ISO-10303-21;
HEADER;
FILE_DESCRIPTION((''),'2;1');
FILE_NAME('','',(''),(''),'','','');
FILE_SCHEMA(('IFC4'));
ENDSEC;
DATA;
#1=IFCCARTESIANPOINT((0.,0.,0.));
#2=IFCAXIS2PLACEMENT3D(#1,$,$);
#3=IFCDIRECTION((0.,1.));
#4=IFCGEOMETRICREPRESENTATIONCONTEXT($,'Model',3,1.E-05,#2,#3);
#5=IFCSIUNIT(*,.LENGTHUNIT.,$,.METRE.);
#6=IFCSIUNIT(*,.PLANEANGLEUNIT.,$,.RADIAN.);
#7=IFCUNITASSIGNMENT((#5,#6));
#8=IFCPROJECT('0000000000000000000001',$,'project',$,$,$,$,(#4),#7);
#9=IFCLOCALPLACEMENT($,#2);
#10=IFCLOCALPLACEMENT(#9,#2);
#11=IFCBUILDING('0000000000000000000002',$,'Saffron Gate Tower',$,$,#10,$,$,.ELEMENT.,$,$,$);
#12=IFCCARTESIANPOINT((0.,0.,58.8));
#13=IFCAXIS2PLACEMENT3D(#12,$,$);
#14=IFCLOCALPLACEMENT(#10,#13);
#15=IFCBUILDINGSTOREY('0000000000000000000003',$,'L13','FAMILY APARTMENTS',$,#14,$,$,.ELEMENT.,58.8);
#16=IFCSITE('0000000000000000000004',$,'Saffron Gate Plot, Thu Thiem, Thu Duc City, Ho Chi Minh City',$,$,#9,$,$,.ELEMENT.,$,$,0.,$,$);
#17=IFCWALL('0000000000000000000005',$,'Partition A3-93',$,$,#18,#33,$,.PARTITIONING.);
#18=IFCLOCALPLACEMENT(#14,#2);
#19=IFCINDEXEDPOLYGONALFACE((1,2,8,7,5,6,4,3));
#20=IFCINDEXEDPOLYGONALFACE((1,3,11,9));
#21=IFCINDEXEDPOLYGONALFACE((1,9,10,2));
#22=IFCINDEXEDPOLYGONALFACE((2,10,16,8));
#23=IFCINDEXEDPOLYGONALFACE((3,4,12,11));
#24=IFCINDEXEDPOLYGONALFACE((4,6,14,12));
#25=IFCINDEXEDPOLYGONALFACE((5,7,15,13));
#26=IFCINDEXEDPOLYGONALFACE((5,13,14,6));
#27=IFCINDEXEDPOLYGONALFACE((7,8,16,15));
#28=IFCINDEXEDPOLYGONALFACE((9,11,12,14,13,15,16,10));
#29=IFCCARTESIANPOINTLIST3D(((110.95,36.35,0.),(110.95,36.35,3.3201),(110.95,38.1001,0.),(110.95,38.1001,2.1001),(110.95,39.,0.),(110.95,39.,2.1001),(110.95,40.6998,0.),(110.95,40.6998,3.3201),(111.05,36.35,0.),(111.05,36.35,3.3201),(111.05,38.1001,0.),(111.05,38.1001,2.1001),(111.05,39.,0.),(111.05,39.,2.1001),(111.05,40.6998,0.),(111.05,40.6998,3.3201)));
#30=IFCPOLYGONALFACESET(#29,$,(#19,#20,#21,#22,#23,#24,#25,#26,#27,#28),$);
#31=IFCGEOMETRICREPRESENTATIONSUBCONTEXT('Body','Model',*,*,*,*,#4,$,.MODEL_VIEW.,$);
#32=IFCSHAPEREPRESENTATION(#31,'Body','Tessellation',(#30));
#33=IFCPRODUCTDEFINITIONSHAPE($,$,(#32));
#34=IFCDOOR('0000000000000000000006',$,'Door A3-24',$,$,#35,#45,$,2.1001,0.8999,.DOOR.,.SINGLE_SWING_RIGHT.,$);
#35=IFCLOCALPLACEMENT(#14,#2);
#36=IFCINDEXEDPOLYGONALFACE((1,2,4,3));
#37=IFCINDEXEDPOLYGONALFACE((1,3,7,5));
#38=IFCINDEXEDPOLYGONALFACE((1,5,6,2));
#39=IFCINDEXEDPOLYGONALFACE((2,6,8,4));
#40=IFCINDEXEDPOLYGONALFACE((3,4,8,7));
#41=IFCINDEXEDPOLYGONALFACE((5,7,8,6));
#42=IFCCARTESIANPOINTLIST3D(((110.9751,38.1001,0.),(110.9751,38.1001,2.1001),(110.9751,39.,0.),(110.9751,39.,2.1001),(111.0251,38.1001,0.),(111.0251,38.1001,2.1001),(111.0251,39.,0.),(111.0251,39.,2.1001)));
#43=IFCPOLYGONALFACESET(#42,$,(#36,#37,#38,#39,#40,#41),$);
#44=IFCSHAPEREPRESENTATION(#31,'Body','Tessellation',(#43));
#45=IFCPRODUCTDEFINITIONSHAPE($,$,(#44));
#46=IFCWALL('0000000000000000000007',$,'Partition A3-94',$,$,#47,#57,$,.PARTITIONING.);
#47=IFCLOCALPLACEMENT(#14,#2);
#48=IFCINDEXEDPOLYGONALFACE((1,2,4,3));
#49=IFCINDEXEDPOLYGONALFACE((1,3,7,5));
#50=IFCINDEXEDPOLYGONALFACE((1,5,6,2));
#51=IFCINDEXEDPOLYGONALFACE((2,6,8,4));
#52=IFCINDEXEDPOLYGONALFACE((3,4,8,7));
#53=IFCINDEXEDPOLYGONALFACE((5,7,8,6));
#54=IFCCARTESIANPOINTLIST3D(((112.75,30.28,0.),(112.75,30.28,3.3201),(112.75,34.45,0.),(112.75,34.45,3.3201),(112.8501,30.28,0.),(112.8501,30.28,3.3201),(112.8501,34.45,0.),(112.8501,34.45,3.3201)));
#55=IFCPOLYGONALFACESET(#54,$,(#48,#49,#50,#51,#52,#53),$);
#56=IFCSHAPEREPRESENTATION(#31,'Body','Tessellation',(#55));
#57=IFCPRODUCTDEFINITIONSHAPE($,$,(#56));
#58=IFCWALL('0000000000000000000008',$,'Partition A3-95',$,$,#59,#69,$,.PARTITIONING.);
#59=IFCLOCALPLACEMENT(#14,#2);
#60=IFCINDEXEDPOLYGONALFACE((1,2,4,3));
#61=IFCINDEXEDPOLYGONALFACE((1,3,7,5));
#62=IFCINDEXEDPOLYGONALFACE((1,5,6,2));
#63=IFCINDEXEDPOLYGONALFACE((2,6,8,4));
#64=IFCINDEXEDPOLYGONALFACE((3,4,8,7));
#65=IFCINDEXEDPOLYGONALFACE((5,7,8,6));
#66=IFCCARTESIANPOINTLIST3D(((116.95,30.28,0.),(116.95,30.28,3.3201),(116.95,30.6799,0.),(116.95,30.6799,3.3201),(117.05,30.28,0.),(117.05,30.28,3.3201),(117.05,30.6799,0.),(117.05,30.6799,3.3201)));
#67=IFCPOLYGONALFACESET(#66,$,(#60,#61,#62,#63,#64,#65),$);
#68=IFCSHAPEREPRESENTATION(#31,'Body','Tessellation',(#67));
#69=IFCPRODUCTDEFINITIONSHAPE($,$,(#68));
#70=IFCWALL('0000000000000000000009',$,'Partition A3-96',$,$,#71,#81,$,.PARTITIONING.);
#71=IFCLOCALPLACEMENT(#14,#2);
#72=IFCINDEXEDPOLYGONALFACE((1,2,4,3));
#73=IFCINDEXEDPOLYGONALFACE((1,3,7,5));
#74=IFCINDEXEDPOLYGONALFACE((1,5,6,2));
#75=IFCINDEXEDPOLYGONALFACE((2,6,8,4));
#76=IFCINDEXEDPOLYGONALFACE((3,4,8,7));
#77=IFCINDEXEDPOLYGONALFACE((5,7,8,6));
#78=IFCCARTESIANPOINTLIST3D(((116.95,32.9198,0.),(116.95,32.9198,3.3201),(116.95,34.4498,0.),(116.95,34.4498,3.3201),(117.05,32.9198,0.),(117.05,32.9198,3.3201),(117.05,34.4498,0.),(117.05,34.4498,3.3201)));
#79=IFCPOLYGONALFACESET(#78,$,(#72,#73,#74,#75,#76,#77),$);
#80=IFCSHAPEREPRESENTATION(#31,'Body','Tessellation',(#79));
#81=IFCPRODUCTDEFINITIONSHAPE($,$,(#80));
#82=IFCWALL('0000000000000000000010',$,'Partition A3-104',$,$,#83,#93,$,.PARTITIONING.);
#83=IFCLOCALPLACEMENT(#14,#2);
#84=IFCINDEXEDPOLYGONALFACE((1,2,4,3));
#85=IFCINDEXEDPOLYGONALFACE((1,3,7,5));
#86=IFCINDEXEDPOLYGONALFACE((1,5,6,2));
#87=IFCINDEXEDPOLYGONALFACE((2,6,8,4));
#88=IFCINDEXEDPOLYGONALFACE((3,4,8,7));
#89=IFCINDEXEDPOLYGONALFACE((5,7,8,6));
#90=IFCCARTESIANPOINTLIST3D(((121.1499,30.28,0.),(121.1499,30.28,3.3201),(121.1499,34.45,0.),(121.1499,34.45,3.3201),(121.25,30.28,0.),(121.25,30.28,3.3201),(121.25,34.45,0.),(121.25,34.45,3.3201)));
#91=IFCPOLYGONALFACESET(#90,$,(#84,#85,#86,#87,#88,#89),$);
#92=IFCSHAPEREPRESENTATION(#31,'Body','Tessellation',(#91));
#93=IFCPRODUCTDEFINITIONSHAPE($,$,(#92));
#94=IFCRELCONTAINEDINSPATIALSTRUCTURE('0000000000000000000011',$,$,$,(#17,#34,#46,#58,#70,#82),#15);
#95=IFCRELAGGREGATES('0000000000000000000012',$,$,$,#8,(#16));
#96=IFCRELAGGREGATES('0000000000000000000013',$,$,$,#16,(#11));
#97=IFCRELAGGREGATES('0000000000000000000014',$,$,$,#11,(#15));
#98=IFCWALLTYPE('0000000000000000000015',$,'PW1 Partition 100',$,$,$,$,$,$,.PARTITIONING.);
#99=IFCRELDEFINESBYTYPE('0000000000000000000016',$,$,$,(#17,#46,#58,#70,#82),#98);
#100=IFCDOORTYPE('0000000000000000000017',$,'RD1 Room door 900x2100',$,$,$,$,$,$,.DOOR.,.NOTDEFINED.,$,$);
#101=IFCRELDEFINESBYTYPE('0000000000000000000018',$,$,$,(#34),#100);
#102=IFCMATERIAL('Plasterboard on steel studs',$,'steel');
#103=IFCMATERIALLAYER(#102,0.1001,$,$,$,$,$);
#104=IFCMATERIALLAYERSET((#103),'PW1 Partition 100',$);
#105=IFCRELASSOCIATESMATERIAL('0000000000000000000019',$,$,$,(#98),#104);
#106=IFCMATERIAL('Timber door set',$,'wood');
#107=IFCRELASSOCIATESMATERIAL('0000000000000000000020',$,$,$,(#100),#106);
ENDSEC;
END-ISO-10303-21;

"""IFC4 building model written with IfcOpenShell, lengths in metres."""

from ifc_helpers import new_model, si_unit, direction, frame, frame_2d, origin, place, context, subcontext, project, spatial, rectangle, extrude, material, layer, layer_set, type_object, element, fill, save


model = new_model("IFC4")

# Units and contexts
model_context = context("Model", 3, precision=1e-05, world=origin(), true_north=direction((0.0, 1.0)))
body_context = subcontext(model_context, "Body", "Model", "MODEL_VIEW")
ifc_project = project(units=[si_unit("LENGTHUNIT", "METRE"), si_unit("PLANEANGLEUNIT", "RADIAN")], contexts=[model_context])

# Site, building, storey
site_placement = place(None, origin())
site = spatial("IfcSite", under=ifc_project, at=site_placement, Name="Saffron Gate Plot, Thu Thiem, Thu Duc City, Ho Chi Minh City", CompositionType="ELEMENT", RefElevation=0.0)
building_placement = place(site_placement, origin())
building = spatial("IfcBuilding", under=site, at=building_placement, Name="Saffron Gate Tower", CompositionType="ELEMENT")
storey_placement = place(building_placement, frame((0.0, 0.0, 58.8)))
storey = spatial("IfcBuildingStorey", under=building, at=storey_placement, Name="L13", Description="FAMILY APARTMENTS", CompositionType="ELEMENT", Elevation=58.8)

# Shared definitions
ifc_material_1 = material(Name="Plasterboard on steel studs", Category="steel")
ifc_layer = layer(ifc_material_1, 0.1001)
ifc_layer_set = layer_set([ifc_layer], Name="PW1 Partition 100")
wall_type = type_object("IfcWallType", Name="PW1 Partition 100", PredefinedType="PARTITIONING", material=ifc_layer_set)
ifc_material_2 = material(Name="Timber door set", Category="wood")
door_type = type_object("IfcDoorType", Name="RD1 Room door 900x2100", OperationType="NOTDEFINED", PredefinedType="DOOR", material=ifc_material_2)

# Wall, opening, door
wall_1_placement = place(storey_placement, frame((111.0, 36.3501, 0.0), z_axis=(0.0, 0.0, 1.0), x_axis=(0.0, 1.0, 0.0)))
wall_1 = element("IfcWall", 1, at=wall_1_placement, inside=storey, type_object=wall_type, Name="Partition A3-93", PredefinedType="PARTITIONING", context=body_context, shape_type="SweptSolid", body=[
    extrude(rectangle(XDim=4.3499, YDim=0.1001, at=frame_2d((2.1748, 0.0))), origin(), (0.0, 0.0, 1.0), 3.3201),
])
opening_1_placement = place(wall_1_placement, frame((1.75, 0.0, 0.0)))
opening_1 = element("IfcOpeningElement", 2, at=opening_1_placement, cuts=wall_1, PredefinedType="OPENING", context=body_context, shape_type="SweptSolid", body=[
    extrude(rectangle(XDim=0.8999, YDim=2.1001, at=frame_2d((0.45, 1.05))), frame((0.0, 0.0601, 0.0), z_axis=(0.0, -1.0, 0.0), x_axis=(1.0, 0.0, 0.0)), (0.0, 0.0, 1.0), 0.1201),
])
door_1_placement = place(opening_1_placement, origin())
door_1 = element("IfcDoor", 3, at=door_1_placement, inside=storey, type_object=door_type, Name="Door A3-24", OperationType="SINGLE_SWING_RIGHT", OverallHeight=2.1001, OverallWidth=0.8999, PredefinedType="DOOR", context=body_context, shape_type="SweptSolid", body=[
    extrude(rectangle(XDim=0.8999, YDim=2.1001, at=frame_2d((0.45, 1.05))), frame((0.0, 0.0249, 0.0), z_axis=(0.0, -1.0, 0.0), x_axis=(1.0, 0.0, 0.0)), (0.0, 0.0, 1.0), 0.05),
])
fill(opening_1, door_1)

# Walls
wall_2_placement = place(storey_placement, frame((112.8, 34.45, 0.0), z_axis=(0.0, 0.0, 1.0), x_axis=(0.0, -1.0, 0.0)))
element("IfcWall", 4, at=wall_2_placement, inside=storey, type_object=wall_type, Name="Partition A3-94", PredefinedType="PARTITIONING", context=body_context, shape_type="SweptSolid", body=[
    extrude(rectangle(XDim=4.1699, YDim=0.1001, at=frame_2d((2.085, 0.0))), origin(), (0.0, 0.0, 1.0), 3.3201),
])
wall_3_placement = place(storey_placement, frame((117.0, 30.6799, 0.0), z_axis=(0.0, 0.0, 1.0), x_axis=(0.0, -1.0, 0.0)))
element("IfcWall", 5, at=wall_3_placement, inside=storey, type_object=wall_type, Name="Partition A3-95", PredefinedType="PARTITIONING", context=body_context, shape_type="SweptSolid", body=[
    extrude(rectangle(XDim=0.3999, YDim=0.1001, at=frame_2d((0.2, 0.0))), origin(), (0.0, 0.0, 1.0), 3.3201),
])
wall_4_placement = place(storey_placement, frame((117.0, 34.45, 0.0), z_axis=(0.0, 0.0, 1.0), x_axis=(0.0, -1.0, 0.0)))
element("IfcWall", 6, at=wall_4_placement, inside=storey, type_object=wall_type, Name="Partition A3-96", PredefinedType="PARTITIONING", context=body_context, shape_type="SweptSolid", body=[
    extrude(rectangle(XDim=1.53, YDim=0.1001, at=frame_2d((0.7651, 0.0))), origin(), (0.0, 0.0, 1.0), 3.3201),
])
wall_5_placement = place(storey_placement, frame((121.2, 34.45, 0.0), z_axis=(0.0, 0.0, 1.0), x_axis=(0.0, -1.0, 0.0)))
element("IfcWall", 7, at=wall_5_placement, inside=storey, type_object=wall_type, Name="Partition A3-104", PredefinedType="PARTITIONING", context=body_context, shape_type="SweptSolid", body=[
    extrude(rectangle(XDim=4.1699, YDim=0.1001, at=frame_2d((2.085, 0.0))), origin(), (0.0, 0.0, 1.0), 3.3201),
])

save(model, "model.ifc")
